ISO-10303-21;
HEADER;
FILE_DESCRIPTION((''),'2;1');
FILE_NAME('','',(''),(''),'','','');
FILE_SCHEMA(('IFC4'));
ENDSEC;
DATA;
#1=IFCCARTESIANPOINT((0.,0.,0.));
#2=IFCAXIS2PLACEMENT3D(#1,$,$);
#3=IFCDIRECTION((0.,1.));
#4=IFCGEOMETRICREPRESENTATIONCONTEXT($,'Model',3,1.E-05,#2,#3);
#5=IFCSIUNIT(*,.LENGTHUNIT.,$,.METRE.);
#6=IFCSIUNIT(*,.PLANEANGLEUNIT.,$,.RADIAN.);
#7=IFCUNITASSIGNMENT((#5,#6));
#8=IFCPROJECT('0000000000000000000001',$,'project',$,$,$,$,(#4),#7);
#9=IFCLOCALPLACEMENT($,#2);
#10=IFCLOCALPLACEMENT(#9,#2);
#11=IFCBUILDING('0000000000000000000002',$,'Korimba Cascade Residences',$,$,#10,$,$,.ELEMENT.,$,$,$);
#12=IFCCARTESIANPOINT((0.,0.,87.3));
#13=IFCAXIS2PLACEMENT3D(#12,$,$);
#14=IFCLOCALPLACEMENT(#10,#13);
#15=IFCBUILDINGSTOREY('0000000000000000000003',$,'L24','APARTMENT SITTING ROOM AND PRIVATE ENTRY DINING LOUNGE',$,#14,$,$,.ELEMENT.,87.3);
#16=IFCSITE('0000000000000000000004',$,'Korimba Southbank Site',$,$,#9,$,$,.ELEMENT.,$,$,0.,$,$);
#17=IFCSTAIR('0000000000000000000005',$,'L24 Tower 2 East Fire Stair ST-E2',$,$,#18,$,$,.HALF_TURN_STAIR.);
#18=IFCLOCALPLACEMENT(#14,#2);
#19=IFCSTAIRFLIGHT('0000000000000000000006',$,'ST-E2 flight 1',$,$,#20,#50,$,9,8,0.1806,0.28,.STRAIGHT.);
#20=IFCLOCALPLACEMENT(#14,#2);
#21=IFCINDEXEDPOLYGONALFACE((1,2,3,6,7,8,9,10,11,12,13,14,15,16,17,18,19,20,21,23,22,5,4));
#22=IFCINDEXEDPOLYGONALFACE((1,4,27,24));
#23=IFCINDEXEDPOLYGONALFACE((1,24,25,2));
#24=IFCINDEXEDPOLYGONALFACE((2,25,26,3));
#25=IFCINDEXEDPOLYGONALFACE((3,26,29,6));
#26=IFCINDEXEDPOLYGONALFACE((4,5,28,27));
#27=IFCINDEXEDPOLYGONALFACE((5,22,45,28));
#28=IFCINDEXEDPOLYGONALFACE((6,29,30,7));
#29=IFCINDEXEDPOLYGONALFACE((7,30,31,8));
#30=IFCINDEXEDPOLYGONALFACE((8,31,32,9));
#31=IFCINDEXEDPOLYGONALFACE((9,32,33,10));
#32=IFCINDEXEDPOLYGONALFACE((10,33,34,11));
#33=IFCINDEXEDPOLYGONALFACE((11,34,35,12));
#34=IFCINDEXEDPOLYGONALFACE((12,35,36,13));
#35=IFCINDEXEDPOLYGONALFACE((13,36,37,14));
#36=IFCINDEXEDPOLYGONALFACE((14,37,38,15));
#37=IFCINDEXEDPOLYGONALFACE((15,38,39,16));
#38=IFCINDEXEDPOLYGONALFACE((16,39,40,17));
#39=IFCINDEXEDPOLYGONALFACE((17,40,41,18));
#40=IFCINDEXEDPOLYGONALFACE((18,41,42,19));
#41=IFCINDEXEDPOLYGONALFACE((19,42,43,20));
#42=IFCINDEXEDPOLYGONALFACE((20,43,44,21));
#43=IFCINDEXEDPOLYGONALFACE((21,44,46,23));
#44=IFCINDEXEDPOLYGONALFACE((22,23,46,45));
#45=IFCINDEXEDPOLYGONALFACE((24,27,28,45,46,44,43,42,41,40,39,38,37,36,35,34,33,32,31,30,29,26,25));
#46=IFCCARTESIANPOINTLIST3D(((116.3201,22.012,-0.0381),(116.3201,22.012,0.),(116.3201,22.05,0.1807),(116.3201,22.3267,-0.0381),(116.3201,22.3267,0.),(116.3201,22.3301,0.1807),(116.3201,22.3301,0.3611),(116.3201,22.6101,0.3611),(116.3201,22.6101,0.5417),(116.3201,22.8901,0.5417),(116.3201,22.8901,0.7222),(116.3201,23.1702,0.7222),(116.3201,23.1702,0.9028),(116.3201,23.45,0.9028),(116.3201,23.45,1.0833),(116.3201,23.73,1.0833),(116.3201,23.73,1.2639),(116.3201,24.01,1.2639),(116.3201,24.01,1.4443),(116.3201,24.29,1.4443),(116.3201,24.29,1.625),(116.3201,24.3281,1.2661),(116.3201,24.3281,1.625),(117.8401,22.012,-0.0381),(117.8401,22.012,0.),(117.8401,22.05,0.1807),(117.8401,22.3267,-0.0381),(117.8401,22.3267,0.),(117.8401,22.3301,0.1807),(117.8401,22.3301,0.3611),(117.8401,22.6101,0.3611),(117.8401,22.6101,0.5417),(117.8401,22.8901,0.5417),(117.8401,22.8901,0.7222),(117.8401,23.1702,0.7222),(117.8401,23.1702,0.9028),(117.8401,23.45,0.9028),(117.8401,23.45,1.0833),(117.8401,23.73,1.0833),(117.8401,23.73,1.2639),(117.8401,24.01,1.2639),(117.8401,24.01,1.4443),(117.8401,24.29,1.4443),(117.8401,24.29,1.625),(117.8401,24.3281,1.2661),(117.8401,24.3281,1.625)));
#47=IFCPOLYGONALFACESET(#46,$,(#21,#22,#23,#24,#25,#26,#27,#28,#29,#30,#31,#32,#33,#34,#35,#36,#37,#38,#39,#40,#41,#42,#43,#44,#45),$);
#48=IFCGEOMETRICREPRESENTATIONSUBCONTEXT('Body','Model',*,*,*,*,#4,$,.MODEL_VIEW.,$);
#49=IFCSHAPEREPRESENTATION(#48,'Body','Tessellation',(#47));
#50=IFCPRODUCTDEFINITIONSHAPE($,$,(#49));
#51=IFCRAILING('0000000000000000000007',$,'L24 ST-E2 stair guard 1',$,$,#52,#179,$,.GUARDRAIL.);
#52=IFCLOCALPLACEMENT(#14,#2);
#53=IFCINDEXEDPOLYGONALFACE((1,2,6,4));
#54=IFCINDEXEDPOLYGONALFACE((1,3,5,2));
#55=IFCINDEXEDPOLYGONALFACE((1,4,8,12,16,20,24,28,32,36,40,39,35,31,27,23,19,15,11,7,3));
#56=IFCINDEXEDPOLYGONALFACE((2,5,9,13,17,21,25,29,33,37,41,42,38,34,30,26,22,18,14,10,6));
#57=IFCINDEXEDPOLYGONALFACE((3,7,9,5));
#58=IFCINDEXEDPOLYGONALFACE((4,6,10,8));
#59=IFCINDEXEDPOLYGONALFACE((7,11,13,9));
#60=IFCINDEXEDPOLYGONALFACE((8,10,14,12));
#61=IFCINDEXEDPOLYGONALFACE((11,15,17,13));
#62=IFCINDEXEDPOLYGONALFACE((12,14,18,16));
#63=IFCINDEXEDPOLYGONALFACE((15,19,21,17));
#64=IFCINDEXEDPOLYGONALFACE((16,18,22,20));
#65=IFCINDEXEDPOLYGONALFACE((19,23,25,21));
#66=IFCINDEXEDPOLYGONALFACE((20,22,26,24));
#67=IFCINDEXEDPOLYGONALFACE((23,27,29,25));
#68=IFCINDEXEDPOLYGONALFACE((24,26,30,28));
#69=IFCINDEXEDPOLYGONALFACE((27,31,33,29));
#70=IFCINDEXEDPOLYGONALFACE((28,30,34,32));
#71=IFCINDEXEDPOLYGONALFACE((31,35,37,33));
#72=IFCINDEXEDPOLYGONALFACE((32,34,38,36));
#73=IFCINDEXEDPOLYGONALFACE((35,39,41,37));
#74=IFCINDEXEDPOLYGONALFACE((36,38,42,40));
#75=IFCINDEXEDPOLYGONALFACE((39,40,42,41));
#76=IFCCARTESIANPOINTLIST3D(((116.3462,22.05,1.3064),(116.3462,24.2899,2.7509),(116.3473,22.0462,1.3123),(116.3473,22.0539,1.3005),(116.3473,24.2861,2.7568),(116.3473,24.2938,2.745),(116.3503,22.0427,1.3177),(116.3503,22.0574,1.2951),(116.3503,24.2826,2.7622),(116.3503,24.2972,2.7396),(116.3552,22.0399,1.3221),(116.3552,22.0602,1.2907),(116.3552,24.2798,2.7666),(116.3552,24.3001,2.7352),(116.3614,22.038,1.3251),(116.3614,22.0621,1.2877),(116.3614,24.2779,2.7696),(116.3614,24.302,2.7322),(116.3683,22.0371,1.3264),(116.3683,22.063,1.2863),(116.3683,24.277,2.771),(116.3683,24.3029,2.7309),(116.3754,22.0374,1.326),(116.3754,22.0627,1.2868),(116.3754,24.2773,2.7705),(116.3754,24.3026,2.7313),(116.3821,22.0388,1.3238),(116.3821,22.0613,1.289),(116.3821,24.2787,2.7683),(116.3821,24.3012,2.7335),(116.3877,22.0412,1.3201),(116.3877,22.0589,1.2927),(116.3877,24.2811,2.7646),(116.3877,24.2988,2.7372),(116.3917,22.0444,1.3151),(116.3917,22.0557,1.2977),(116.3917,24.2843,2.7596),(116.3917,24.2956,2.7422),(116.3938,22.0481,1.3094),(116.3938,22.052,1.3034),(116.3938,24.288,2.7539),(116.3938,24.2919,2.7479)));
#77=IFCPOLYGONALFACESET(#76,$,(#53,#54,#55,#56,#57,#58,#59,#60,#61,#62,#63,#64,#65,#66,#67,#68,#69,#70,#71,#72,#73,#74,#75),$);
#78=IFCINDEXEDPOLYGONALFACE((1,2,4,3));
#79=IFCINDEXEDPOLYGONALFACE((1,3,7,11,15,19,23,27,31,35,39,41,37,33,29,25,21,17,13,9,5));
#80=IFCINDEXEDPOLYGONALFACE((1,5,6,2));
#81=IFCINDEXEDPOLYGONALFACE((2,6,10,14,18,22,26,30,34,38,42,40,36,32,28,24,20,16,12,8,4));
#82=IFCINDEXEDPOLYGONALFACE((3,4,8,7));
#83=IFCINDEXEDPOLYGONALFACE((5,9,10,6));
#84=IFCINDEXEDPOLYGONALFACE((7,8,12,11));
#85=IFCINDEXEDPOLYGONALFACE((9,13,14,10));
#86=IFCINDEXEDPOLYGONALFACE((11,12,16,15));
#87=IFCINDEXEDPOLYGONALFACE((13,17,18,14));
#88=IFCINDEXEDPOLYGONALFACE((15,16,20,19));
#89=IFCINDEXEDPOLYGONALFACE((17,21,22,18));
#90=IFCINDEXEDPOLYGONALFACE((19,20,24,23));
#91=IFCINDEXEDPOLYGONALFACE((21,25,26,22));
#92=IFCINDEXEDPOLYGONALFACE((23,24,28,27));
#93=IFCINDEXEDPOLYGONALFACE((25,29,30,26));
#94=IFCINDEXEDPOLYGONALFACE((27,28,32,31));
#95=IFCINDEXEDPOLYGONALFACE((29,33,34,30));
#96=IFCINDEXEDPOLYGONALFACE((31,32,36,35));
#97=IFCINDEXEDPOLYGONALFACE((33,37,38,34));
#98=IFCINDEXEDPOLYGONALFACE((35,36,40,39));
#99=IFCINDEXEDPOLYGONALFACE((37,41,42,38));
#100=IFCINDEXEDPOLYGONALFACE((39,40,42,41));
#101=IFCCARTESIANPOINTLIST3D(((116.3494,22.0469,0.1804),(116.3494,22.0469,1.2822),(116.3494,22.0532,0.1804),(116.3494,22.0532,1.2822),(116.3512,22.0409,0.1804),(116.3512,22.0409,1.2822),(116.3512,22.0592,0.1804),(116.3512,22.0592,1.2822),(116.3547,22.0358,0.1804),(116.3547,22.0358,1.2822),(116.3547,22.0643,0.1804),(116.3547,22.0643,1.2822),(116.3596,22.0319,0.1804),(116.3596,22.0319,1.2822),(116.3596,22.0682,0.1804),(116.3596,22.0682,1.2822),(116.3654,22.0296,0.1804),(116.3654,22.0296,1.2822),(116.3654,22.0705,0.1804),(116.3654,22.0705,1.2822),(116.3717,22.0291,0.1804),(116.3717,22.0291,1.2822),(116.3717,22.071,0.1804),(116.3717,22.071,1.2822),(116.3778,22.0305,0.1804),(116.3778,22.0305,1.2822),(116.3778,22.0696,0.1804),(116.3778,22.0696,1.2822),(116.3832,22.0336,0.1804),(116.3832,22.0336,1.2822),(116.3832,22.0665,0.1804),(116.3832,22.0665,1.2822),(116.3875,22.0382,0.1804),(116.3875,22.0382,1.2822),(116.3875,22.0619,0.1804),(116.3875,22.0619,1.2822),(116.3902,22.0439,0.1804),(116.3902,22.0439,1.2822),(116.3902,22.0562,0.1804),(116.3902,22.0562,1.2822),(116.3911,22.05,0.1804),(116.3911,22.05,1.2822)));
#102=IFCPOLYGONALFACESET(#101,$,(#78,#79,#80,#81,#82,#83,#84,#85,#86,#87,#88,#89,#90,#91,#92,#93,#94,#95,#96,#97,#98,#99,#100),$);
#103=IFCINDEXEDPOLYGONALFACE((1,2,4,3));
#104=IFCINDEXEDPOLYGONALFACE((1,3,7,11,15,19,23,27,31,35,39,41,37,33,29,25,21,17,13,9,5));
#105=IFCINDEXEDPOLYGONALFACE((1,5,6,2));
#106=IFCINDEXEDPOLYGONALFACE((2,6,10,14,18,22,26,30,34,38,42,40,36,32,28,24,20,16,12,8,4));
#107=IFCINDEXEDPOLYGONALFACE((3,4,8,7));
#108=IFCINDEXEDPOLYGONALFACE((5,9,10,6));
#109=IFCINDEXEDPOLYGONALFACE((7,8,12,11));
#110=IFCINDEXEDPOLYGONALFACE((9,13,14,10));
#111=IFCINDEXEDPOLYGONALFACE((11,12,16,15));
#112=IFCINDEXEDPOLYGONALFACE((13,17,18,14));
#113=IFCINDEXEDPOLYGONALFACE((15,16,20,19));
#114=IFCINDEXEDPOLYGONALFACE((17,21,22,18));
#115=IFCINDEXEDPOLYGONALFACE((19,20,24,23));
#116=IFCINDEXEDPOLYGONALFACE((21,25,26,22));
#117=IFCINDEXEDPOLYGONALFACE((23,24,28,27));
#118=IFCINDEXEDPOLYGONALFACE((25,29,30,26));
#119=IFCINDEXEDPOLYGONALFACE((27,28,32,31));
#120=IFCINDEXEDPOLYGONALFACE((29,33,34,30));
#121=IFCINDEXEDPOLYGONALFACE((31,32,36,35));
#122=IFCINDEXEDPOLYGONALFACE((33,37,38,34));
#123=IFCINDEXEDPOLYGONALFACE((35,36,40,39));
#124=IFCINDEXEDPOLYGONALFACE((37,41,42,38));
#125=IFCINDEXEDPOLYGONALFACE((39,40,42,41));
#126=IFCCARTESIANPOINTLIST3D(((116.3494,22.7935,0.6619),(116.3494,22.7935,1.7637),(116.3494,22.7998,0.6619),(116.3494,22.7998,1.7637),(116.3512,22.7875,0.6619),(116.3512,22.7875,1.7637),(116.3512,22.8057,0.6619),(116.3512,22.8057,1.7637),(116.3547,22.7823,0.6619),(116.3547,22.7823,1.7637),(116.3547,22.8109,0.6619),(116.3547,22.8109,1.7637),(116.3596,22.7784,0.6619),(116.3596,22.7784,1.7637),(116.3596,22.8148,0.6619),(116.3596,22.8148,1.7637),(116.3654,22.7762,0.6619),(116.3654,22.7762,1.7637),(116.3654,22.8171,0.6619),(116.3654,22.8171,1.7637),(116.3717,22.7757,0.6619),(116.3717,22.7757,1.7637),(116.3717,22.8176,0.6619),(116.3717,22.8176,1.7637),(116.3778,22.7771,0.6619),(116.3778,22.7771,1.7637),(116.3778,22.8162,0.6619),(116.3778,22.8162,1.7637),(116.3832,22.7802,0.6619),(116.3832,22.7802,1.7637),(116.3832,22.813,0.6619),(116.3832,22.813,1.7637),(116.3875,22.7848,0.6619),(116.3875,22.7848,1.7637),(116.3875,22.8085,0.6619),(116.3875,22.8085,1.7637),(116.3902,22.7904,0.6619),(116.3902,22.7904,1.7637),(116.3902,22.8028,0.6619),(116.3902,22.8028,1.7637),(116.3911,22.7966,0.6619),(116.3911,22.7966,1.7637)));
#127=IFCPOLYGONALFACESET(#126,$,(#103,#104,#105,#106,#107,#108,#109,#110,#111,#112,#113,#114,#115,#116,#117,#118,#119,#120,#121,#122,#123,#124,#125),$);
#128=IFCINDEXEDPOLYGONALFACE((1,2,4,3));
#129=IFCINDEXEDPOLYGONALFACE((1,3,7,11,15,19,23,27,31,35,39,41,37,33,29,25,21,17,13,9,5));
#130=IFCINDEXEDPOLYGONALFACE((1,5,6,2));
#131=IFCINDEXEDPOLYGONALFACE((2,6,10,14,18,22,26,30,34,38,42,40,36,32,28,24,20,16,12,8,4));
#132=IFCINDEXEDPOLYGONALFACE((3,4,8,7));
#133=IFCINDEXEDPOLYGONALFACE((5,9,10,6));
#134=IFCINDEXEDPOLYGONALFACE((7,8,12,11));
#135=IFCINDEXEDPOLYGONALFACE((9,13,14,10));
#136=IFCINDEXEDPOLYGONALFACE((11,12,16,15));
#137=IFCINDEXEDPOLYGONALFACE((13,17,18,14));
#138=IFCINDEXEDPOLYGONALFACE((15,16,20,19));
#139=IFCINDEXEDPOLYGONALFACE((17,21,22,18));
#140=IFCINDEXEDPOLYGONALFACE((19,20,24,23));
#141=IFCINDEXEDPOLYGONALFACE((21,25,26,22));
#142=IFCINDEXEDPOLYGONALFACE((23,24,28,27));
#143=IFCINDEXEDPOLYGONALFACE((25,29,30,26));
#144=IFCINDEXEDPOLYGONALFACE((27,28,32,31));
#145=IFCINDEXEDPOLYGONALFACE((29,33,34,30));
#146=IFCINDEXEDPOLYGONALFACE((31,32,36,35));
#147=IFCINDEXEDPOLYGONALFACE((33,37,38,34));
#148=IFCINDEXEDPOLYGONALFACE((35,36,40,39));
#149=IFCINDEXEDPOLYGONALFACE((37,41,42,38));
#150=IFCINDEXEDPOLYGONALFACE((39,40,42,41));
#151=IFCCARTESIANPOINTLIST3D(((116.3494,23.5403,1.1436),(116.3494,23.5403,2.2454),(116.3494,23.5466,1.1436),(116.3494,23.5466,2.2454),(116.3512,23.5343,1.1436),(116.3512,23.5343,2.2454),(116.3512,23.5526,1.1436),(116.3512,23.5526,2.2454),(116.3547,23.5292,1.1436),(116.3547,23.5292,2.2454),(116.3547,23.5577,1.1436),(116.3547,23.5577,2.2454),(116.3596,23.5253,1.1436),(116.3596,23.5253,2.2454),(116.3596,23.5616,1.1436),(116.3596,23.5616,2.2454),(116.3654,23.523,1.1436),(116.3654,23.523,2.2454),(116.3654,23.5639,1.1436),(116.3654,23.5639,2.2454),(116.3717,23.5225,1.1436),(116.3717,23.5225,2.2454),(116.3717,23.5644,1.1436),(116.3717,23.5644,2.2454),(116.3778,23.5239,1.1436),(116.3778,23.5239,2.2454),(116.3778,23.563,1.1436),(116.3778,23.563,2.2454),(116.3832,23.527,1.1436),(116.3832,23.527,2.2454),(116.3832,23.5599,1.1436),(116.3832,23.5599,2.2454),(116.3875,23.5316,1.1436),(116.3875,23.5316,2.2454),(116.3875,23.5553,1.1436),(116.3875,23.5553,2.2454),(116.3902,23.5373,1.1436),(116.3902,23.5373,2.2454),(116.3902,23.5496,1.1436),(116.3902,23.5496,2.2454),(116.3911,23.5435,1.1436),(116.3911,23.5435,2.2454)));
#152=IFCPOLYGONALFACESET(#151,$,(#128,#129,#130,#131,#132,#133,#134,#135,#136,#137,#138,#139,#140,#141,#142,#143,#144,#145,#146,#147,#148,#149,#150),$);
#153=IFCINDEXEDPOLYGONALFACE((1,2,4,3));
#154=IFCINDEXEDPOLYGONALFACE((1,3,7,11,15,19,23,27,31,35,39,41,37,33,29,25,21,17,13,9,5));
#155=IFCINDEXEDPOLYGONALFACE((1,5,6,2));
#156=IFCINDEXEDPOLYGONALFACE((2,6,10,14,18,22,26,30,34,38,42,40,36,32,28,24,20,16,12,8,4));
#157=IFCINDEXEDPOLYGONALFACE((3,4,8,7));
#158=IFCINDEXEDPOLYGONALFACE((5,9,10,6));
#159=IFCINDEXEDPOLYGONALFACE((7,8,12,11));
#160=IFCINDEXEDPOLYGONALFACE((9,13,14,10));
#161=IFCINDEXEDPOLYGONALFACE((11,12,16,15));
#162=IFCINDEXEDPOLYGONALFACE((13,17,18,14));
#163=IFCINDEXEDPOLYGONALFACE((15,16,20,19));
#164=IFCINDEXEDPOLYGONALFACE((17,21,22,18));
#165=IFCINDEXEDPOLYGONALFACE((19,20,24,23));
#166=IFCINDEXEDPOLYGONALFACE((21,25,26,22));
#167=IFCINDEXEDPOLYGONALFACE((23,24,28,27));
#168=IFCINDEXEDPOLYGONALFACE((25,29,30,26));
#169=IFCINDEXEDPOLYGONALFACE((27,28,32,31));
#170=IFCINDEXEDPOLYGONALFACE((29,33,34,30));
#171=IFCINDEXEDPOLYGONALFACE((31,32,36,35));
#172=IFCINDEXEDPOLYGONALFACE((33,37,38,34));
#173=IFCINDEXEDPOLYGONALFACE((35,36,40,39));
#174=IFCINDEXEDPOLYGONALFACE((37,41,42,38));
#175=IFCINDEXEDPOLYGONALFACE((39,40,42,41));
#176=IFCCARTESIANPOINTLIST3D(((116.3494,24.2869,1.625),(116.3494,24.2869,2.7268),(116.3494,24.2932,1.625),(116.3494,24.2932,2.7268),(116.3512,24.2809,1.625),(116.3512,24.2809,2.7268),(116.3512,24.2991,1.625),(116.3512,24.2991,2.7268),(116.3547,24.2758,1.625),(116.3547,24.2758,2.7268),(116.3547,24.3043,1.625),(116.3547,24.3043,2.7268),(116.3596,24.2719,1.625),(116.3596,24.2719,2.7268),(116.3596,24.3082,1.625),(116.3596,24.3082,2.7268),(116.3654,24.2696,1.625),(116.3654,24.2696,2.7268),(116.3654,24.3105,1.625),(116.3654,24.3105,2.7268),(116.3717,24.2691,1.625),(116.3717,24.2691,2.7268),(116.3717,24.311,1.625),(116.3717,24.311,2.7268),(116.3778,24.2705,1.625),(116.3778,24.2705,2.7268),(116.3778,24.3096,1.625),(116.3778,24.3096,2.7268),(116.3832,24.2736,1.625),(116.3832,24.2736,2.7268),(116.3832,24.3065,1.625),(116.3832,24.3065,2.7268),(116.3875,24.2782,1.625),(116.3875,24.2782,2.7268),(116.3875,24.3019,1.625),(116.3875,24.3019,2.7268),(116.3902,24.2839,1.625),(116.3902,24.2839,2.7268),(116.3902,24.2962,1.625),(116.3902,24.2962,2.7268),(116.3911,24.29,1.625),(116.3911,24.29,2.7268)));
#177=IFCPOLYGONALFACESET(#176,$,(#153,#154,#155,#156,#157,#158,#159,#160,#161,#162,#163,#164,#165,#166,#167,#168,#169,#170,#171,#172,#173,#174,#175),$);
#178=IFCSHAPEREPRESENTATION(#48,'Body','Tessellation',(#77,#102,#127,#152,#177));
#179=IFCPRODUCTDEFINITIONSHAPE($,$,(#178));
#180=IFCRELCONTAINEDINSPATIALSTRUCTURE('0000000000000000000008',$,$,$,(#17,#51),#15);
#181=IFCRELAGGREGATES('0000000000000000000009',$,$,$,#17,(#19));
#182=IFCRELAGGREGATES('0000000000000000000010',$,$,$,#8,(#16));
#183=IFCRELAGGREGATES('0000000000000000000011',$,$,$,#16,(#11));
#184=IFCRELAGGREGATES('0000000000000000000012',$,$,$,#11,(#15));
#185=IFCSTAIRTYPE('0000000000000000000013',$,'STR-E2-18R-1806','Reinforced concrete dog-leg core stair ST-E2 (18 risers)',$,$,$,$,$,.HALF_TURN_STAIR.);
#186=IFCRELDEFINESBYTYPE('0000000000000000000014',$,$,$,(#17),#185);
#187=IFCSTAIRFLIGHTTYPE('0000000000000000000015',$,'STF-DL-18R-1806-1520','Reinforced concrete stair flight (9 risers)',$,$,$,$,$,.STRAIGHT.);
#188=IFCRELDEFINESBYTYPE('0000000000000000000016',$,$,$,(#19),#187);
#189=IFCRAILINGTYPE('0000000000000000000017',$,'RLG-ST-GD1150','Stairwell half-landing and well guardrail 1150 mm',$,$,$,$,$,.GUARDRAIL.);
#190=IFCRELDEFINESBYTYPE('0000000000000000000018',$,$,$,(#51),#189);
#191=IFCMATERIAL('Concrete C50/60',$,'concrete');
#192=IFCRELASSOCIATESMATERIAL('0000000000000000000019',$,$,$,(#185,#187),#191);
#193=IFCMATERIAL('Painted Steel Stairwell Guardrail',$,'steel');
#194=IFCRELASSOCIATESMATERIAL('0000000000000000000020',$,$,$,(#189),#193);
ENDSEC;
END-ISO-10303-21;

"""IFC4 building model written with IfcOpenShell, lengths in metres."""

from ifc_helpers import new_model, si_unit, direction, frame, origin, origin_2d, place, context, subcontext, project, spatial, polyline, circle, outline, extrude, material, type_object, element, aggregate, save


model = new_model("IFC4")

# Units and contexts
model_context = context("Model", 3, precision=1e-05, world=origin(), true_north=direction((0.0, 1.0)))
body_context = subcontext(model_context, "Body", "Model", "MODEL_VIEW")
ifc_project = project(units=[si_unit("LENGTHUNIT", "METRE"), si_unit("PLANEANGLEUNIT", "RADIAN")], contexts=[model_context])

# Site, building, storey
site_placement = place(None, origin())
site = spatial("IfcSite", under=ifc_project, at=site_placement, Name="Korimba Southbank Site", CompositionType="ELEMENT", RefElevation=0.0)
building_placement = place(site_placement, origin())
building = spatial("IfcBuilding", under=site, at=building_placement, Name="Korimba Cascade Residences", CompositionType="ELEMENT")
storey_placement = place(building_placement, frame((0.0, 0.0, 87.3)))
storey = spatial("IfcBuildingStorey", under=building, at=storey_placement, Name="L24", Description="APARTMENT SITTING ROOM AND PRIVATE ENTRY DINING LOUNGE", CompositionType="ELEMENT", Elevation=87.3)

# Stair, stair flight
ifc_material_1 = material(Name="Concrete C50/60", Category="concrete")
stair_type = type_object("IfcStairType", Name="STR-E2-18R-1806", Description="Reinforced concrete dog-leg core stair ST-E2 (18 risers)", PredefinedType="HALF_TURN_STAIR", material=ifc_material_1)
stair_placement = place(storey_placement, origin())
stair = element("IfcStair", 1, at=stair_placement, inside=storey, type_object=stair_type, Name="L24 Tower 2 East Fire Stair ST-E2", PredefinedType="HALF_TURN_STAIR")
stair_flight_type = type_object("IfcStairFlightType", Name="STF-DL-18R-1806-1520", Description="Reinforced concrete stair flight (9 risers)", PredefinedType="STRAIGHT", material=ifc_material_1)
stair_flight_placement = place(storey_placement, frame((117.0801, 22.05, 0.0), z_axis=(0.0, 0.0, 1.0), x_axis=(0.0, 1.0, 0.0)))
stair_flight = element("IfcStairFlight", 2, at=stair_flight_placement, type_object=stair_flight_type, Name="ST-E2 flight 1", NumberOfRisers=9, NumberOfTreads=8, PredefinedType="STRAIGHT", RiserHeight=0.1806, TreadLength=0.28, context=body_context, shape_type="SweptSolid", body=[
    extrude(outline(polyline([(-0.0381, 0.0), (0.0, 0.1807), (0.28, 0.1807), (0.28, 0.3611), (0.5601, 0.3611), (0.5601, 0.5417), (0.8401, 0.5417), (0.8401, 0.7222), (1.1201, 0.7222), (1.1201, 0.9028), (1.3999, 0.9028), (1.3999, 1.0833), (1.6799, 1.0833), (1.6799, 1.2639), (1.96, 1.2639), (1.96, 1.4443), (2.24, 1.4443), (2.24, 1.625), (2.2781, 1.625), (2.2781, 1.2661), (0.2766, 0.0), (0.2766, -0.0381), (-0.0381, -0.0381), (-0.0381, 0.0)])), frame((0.0, 0.76, 0.0), z_axis=(0.0, -1.0, 0.0), x_axis=(1.0, 0.0, 0.0)), (0.0, 0.0, 1.0), 1.52),
])
aggregate(stair, [stair_flight])

# Railing
ifc_material_2 = material(Name="Painted Steel Stairwell Guardrail", Category="steel")
railing_type_1 = type_object("IfcRailingType", Name="RLG-ST-GD1150", Description="Stairwell half-landing and well guardrail 1150 mm", PredefinedType="GUARDRAIL", material=ifc_material_2)
railing_1_placement = place(storey_placement, frame((116.3701, 22.05, 0.1804)))
element("IfcRailing", 3, at=railing_1_placement, inside=storey, type_object=railing_type_1, Name="L24 ST-E2 stair guard 1", PredefinedType="GUARDRAIL", context=body_context, shape_type="SweptSolid", body=[
    extrude(circle(Radius=0.0239, at=origin_2d()), frame((0.0, 0.0, 1.126), z_axis=(0.0, 0.840395, 0.541975), x_axis=(-1.0, 0.0, 0.0)), (0.0, 0.0, 1.0), 2.6653),
    extrude(circle(Radius=0.021, at=origin_2d()), origin(), (0.0, 0.0, 1.0), 1.1018),
    extrude(circle(Radius=0.021, at=origin_2d()), frame((0.0, 0.7466, 0.4814)), (0.0, 0.0, 1.0), 1.1018),
    extrude(circle(Radius=0.021, at=origin_2d()), frame((0.0, 1.4934, 0.9631)), (0.0, 0.0, 1.0), 1.1018),
    extrude(circle(Radius=0.021, at=origin_2d()), frame((0.0, 2.24, 1.4446)), (0.0, 0.0, 1.0), 1.1018),
])

save(model, "model.ifc")
